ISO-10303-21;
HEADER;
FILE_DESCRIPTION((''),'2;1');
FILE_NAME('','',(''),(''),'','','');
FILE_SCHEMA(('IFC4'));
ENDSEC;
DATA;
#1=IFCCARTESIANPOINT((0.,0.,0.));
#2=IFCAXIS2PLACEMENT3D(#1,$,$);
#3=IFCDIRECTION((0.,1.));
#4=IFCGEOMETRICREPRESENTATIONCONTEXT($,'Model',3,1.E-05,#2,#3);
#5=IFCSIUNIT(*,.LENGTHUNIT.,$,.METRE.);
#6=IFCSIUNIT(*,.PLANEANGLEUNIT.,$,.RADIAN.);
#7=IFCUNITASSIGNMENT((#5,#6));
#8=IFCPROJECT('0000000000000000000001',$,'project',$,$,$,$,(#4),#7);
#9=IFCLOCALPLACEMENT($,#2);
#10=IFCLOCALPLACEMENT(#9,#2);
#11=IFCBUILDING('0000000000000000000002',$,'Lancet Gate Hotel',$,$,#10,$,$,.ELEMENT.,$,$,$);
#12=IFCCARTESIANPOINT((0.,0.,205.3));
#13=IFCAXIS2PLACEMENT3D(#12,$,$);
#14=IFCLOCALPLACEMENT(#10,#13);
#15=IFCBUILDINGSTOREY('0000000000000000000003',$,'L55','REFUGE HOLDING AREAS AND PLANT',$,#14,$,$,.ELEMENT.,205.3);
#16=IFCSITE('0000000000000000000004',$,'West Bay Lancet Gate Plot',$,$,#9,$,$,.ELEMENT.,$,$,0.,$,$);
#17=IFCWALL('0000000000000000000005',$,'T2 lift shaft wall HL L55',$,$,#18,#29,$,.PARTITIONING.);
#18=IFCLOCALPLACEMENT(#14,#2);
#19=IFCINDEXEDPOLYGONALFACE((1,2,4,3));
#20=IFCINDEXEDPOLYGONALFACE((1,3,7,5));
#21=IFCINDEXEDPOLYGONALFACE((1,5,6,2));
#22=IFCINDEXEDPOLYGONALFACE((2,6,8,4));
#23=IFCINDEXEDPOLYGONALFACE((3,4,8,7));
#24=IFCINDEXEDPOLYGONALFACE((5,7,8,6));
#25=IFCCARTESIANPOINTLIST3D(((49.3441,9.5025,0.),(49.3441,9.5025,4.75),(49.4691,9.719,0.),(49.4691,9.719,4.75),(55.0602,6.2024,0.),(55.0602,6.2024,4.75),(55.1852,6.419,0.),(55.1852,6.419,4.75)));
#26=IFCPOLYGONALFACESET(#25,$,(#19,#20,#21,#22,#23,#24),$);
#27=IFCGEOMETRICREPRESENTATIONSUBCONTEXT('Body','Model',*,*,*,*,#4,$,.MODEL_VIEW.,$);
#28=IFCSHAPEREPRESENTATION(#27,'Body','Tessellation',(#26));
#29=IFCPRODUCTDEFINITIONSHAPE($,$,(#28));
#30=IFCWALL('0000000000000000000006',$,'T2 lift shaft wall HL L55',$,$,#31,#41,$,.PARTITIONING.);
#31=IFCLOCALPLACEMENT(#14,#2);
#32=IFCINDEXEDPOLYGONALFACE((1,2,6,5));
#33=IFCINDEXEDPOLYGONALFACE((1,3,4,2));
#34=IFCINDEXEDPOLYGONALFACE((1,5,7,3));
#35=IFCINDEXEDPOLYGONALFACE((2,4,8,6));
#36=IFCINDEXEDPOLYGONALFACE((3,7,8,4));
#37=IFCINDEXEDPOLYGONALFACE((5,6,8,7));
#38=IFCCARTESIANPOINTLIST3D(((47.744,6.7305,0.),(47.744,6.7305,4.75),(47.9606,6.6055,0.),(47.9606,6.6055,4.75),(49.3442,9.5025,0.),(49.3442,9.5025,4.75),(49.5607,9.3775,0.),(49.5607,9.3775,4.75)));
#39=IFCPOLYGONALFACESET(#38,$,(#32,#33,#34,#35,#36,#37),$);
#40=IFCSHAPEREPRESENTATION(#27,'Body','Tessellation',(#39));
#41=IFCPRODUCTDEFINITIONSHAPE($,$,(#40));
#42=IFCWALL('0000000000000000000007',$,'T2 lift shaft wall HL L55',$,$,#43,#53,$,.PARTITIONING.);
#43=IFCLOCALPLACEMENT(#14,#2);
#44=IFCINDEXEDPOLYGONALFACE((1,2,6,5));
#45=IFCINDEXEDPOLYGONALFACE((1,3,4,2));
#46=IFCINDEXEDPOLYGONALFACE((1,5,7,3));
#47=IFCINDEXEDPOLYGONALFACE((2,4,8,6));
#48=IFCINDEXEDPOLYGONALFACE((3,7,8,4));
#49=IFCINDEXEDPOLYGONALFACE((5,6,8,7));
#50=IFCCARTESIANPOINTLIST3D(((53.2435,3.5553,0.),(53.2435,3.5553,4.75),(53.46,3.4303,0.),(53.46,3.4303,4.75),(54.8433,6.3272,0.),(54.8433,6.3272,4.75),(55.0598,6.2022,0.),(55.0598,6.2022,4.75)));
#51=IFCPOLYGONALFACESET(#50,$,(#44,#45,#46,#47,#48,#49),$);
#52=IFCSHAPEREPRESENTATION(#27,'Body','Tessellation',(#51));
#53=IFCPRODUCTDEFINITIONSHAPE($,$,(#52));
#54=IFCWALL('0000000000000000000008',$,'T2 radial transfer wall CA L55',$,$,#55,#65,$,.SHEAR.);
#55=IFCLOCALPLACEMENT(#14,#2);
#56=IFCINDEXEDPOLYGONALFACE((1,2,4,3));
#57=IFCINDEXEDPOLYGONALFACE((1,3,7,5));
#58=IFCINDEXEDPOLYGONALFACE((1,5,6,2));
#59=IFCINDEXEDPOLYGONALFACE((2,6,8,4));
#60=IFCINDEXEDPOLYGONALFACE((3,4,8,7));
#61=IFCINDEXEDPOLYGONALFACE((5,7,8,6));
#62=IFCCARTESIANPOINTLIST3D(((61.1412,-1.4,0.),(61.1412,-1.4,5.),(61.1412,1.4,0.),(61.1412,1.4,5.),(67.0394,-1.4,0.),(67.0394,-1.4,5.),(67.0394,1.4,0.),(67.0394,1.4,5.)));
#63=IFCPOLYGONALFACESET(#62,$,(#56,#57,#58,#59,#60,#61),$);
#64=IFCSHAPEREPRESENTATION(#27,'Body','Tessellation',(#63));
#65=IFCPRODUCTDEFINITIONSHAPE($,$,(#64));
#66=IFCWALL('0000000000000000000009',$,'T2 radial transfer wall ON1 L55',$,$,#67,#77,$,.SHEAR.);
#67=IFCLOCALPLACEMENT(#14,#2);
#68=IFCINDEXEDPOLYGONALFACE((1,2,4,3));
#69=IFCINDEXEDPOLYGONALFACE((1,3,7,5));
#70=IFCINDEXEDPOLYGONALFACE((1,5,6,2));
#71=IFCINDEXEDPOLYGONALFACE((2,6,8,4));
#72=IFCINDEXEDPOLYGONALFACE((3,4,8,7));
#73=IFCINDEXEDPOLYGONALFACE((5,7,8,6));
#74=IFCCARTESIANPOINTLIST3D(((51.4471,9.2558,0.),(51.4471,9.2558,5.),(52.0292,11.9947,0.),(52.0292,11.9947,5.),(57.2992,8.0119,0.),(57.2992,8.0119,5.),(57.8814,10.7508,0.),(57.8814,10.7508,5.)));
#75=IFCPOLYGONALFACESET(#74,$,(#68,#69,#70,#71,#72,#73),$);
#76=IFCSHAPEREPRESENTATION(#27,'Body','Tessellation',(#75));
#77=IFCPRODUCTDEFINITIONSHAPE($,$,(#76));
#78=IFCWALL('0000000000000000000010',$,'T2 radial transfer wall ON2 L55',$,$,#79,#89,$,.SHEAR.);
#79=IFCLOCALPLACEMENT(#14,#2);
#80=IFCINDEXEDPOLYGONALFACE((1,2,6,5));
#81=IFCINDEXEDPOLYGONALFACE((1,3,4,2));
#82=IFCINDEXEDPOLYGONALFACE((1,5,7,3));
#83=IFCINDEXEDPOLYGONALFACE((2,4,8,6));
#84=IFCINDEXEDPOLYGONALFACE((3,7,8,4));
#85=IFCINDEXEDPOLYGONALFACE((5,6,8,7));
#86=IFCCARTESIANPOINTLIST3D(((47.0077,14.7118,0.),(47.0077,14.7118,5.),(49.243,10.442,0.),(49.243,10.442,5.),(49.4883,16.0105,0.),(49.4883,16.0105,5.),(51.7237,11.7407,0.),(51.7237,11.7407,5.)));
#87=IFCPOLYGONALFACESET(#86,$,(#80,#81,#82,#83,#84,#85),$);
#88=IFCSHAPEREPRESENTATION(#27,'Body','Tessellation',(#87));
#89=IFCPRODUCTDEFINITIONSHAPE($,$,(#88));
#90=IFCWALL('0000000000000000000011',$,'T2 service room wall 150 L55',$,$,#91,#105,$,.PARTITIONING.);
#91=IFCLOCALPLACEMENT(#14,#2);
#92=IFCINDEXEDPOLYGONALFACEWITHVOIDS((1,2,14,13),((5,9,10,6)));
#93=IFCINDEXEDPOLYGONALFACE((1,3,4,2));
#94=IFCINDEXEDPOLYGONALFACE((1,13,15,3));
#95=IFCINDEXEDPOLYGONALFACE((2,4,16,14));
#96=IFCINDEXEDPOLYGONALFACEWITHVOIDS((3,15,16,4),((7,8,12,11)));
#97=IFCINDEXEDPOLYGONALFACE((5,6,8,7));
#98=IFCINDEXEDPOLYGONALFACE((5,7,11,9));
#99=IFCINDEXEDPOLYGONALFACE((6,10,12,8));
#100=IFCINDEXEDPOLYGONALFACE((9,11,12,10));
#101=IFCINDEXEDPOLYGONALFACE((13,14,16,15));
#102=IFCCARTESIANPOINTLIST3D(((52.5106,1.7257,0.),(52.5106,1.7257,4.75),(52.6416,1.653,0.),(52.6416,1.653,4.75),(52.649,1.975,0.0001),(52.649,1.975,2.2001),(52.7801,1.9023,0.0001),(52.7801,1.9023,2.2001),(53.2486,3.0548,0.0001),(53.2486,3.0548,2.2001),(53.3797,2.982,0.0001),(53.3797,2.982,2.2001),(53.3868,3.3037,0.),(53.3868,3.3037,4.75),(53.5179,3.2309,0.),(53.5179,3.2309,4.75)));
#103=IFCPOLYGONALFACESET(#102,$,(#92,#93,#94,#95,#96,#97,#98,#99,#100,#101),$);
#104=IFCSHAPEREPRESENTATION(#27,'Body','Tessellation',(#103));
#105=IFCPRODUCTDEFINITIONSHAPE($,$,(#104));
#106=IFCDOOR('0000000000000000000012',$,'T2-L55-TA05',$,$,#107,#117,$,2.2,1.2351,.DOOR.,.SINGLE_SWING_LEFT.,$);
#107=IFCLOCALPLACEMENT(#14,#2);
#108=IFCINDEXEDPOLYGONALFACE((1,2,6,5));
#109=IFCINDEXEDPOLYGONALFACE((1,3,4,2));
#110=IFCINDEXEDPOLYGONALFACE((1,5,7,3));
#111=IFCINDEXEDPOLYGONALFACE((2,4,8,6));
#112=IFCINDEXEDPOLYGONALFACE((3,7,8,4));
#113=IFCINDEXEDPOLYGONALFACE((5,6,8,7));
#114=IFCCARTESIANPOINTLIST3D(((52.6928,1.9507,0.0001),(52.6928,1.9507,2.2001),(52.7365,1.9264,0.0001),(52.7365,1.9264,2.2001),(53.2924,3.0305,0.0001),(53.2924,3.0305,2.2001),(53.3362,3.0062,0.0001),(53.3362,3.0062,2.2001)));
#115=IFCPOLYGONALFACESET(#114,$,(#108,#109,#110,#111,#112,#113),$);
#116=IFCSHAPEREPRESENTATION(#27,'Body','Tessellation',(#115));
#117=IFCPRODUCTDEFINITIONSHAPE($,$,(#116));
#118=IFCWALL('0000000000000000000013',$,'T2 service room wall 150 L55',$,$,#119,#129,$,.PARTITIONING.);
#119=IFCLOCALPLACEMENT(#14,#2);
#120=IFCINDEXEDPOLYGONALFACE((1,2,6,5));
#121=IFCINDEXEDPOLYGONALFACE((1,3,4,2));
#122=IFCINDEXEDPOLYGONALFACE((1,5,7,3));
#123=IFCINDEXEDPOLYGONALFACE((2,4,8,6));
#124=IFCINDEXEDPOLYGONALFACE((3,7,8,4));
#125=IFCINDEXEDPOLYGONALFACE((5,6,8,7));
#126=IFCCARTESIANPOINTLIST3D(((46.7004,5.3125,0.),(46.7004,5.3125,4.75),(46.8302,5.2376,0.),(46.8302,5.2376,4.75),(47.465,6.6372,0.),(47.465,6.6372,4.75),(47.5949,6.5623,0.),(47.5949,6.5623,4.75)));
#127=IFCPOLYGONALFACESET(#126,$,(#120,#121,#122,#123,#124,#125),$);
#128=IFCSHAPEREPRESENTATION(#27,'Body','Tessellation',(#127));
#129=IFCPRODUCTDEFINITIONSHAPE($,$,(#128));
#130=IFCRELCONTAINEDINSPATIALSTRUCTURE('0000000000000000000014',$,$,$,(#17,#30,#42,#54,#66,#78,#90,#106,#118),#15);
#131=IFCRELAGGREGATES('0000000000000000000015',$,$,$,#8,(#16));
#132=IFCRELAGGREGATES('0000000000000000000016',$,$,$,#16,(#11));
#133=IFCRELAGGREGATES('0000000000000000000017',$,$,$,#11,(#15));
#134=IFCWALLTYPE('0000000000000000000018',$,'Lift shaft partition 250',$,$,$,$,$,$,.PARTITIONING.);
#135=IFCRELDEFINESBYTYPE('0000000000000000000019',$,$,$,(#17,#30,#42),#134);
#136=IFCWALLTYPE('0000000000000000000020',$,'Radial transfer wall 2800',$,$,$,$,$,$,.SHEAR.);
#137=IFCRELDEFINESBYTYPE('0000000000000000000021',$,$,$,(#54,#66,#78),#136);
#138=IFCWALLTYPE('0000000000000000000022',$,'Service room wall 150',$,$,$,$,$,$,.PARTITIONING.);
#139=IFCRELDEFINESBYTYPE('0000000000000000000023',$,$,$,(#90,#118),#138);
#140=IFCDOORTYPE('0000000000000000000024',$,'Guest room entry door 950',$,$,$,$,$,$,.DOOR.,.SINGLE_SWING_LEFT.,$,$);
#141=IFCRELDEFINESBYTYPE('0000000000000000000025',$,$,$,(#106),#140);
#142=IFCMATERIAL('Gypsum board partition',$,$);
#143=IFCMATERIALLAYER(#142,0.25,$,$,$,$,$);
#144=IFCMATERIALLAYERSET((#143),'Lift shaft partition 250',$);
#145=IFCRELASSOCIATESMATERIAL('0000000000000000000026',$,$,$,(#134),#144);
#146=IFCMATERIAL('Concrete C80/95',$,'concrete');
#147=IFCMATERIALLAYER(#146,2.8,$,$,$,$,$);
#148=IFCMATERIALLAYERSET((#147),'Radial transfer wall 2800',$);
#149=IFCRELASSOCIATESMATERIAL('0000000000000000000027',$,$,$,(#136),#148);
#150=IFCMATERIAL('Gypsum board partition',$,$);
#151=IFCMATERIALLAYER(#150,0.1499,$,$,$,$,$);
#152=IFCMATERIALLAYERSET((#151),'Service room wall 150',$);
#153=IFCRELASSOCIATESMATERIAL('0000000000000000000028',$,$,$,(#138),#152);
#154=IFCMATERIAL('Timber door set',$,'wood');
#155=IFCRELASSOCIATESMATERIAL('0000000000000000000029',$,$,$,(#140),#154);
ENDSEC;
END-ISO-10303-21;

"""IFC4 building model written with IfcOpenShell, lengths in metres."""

from ifc_helpers import new_model, si_unit, direction, frame, frame_2d, origin, place, context, subcontext, project, spatial, rectangle, extrude, material, layer, layer_set, type_object, element, fill, save


model = new_model("IFC4")

# Units and contexts
model_context = context("Model", 3, precision=1e-05, world=origin(), true_north=direction((0.0, 1.0)))
body_context = subcontext(model_context, "Body", "Model", "MODEL_VIEW")
ifc_project = project(units=[si_unit("LENGTHUNIT", "METRE"), si_unit("PLANEANGLEUNIT", "RADIAN")], contexts=[model_context])

# Site, building, storey
site_placement = place(None, origin())
site = spatial("IfcSite", under=ifc_project, at=site_placement, Name="West Bay Lancet Gate Plot", CompositionType="ELEMENT", RefElevation=0.0)
building_placement = place(site_placement, origin())
building = spatial("IfcBuilding", under=site, at=building_placement, Name="Lancet Gate Hotel", CompositionType="ELEMENT")
storey_placement = place(building_placement, frame((0.0, 0.0, 205.3)))
storey = spatial("IfcBuildingStorey", under=building, at=storey_placement, Name="L55", Description="REFUGE HOLDING AREAS AND PLANT", CompositionType="ELEMENT", Elevation=205.3)

# Walls
ifc_material_1 = material(Name="Gypsum board partition")
ifc_layer_1 = layer(ifc_material_1, 0.25)
ifc_layer_set_1 = layer_set([ifc_layer_1], Name="Lift shaft partition 250")
wall_type_1 = type_object("IfcWallType", Name="Lift shaft partition 250", PredefinedType="PARTITIONING", material=ifc_layer_set_1)
for number, where, z_axis, x_axis, name in (
    (1, (49.4065, 9.6108, 0.0), (0.0, 0.0, 1.0), (0.866033, -0.499986, 0.0), "T2 lift shaft wall HL L55"),
):
    element("IfcWall", number, at=place(storey_placement, frame(where, z_axis=z_axis, x_axis=x_axis)), inside=storey, type_object=wall_type_1, Name=name, PredefinedType="PARTITIONING", context=body_context, shape_type="SweptSolid", body=[
        extrude(rectangle(XDim=6.6003, YDim=0.25, at=frame_2d((3.3003, 0.0))), origin(), (0.0, 0.0, 1.0), 4.75),
    ])
wall_1_placement = place(storey_placement, frame((47.8523, 6.668, 0.0), z_axis=(0.0, 0.0, 1.0), x_axis=(0.499929, 0.866066, 0.0)))
element("IfcWall", 2, at=wall_1_placement, inside=storey, type_object=wall_type_1, Name="T2 lift shaft wall HL L55", PredefinedType="PARTITIONING", context=body_context, shape_type="SweptSolid", body=[
    extrude(rectangle(XDim=3.2007, YDim=0.25, at=frame_2d((1.6003, 0.0))), origin(), (0.0, 0.0, 1.0), 4.75),
])
wall_2_placement = place(storey_placement, frame((53.3518, 3.4929, 0.0), z_axis=(0.0, 0.0, 1.0), x_axis=(0.499872, 0.866099, 0.0)))
element("IfcWall", 3, at=wall_2_placement, inside=storey, type_object=wall_type_1, Name="T2 lift shaft wall HL L55", PredefinedType="PARTITIONING", context=body_context, shape_type="SweptSolid", body=[
    extrude(rectangle(XDim=3.2004, YDim=0.25, at=frame_2d((1.6001, 0.0))), origin(), (0.0, 0.0, 1.0), 4.75),
])
ifc_material_2 = material(Name="Concrete C80/95", Category="concrete")
ifc_layer_2 = layer(ifc_material_2, 2.8)
ifc_layer_set_2 = layer_set([ifc_layer_2], Name="Radial transfer wall 2800")
wall_type_2 = type_object("IfcWallType", Name="Radial transfer wall 2800", PredefinedType="SHEAR", material=ifc_layer_set_2)
wall_3_placement = place(storey_placement, frame((67.0396, 0.0, 0.0), z_axis=(0.0, 0.0, 1.0), x_axis=(-1.0, 0.0, 0.0)))
element("IfcWall", 4, at=wall_3_placement, inside=storey, type_object=wall_type_2, Name="T2 radial transfer wall CA L55", PredefinedType="SHEAR", context=body_context, shape_type="SweptSolid", body=[
    extrude(rectangle(XDim=5.8982, YDim=2.8, at=frame_2d((2.9492, 0.0))), origin(), (0.0, 0.0, 1.0), 5.0),
])
wall_4_placement = place(storey_placement, frame((57.5903, 9.3813, 0.0), z_axis=(0.0, 0.0, 1.0), x_axis=(-0.978147, 0.207912, 0.0)))
element("IfcWall", 5, at=wall_4_placement, inside=storey, type_object=wall_type_2, Name="T2 radial transfer wall ON1 L55", PredefinedType="SHEAR", context=body_context, shape_type="SweptSolid", body=[
    extrude(rectangle(XDim=5.9829, YDim=2.8, at=frame_2d((2.9915, 0.0))), origin(), (0.0, 0.0, 1.0), 5.0),
])
wall_5_placement = place(storey_placement, frame((48.248, 15.3611, 0.0), z_axis=(0.0, 0.0, 1.0), x_axis=(0.463812, -0.885934, 0.0)))
element("IfcWall", 6, at=wall_5_placement, inside=storey, type_object=wall_type_2, Name="T2 radial transfer wall ON2 L55", PredefinedType="SHEAR", context=body_context, shape_type="SweptSolid", body=[
    extrude(rectangle(XDim=4.8196, YDim=2.8, at=frame_2d((2.4097, 0.0))), origin(), (0.0, 0.0, 1.0), 5.0),
])

# Wall, opening, door
ifc_material_3 = material(Name="Gypsum board partition")
ifc_layer_3 = layer(ifc_material_3, 0.1499)
ifc_layer_set_3 = layer_set([ifc_layer_3], Name="Service room wall 150")
wall_type_3 = type_object("IfcWallType", Name="Service room wall 150", PredefinedType="PARTITIONING", material=ifc_layer_set_3)
wall_6_placement = place(storey_placement, frame((52.5762, 1.6895, 0.0), z_axis=(0.0, 0.0, 1.0), x_axis=(0.485482, 0.874247, 0.0)))
wall_6 = element("IfcWall", 7, at=wall_6_placement, inside=storey, type_object=wall_type_3, Name="T2 service room wall 150 L55", PredefinedType="PARTITIONING", context=body_context, shape_type="SweptSolid", body=[
    extrude(rectangle(XDim=1.8049, YDim=0.1499, at=frame_2d((0.9023, 0.0))), origin(), (0.0, 0.0, 1.0), 4.75),
])
opening_placement = place(wall_6_placement, frame((0.2849, 0.0, 0.0)))
opening = element("IfcOpeningElement", 8, at=opening_placement, cuts=wall_6, PredefinedType="OPENING", context=body_context, shape_type="SweptSolid", body=[
    extrude(rectangle(XDim=1.2351, YDim=2.2, at=frame_2d((0.6177, 1.1001))), frame((0.0, 0.085, 0.0), z_axis=(0.0, -1.0, 0.0), x_axis=(1.0, 0.0, 0.0)), (0.0, 0.0, 1.0), 0.1699),
])
ifc_material_4 = material(Name="Timber door set", Category="wood")
door_type = type_object("IfcDoorType", Name="Guest room entry door 950", OperationType="SINGLE_SWING_LEFT", PredefinedType="DOOR", material=ifc_material_4)
door_placement = place(opening_placement, origin())
door = element("IfcDoor", 9, at=door_placement, inside=storey, type_object=door_type, Name="T2-L55-TA05", OperationType="SINGLE_SWING_LEFT", OverallHeight=2.2, OverallWidth=1.2351, PredefinedType="DOOR", context=body_context, shape_type="SweptSolid", body=[
    extrude(rectangle(XDim=1.2351, YDim=2.2, at=frame_2d((0.6177, 1.1001))), frame((0.0, 0.0249, 0.0), z_axis=(0.0, -1.0, 0.0), x_axis=(1.0, 0.0, 0.0)), (0.0, 0.0, 1.0), 0.05),
])
fill(opening, door)

# Wall
wall_7_placement = place(storey_placement, frame((46.7654, 5.2751, 0.0), z_axis=(0.0, 0.0, 1.0), x_axis=(0.499916, 0.866074, 0.0)))
element("IfcWall", 10, at=wall_7_placement, inside=storey, type_object=wall_type_3, Name="T2 service room wall 150 L55", PredefinedType="PARTITIONING", context=body_context, shape_type="SweptSolid", body=[
    extrude(rectangle(XDim=1.5295, YDim=0.1499, at=frame_2d((0.7646, 0.0))), origin(), (0.0, 0.0, 1.0), 4.75),
])

save(model, "model.ifc")
